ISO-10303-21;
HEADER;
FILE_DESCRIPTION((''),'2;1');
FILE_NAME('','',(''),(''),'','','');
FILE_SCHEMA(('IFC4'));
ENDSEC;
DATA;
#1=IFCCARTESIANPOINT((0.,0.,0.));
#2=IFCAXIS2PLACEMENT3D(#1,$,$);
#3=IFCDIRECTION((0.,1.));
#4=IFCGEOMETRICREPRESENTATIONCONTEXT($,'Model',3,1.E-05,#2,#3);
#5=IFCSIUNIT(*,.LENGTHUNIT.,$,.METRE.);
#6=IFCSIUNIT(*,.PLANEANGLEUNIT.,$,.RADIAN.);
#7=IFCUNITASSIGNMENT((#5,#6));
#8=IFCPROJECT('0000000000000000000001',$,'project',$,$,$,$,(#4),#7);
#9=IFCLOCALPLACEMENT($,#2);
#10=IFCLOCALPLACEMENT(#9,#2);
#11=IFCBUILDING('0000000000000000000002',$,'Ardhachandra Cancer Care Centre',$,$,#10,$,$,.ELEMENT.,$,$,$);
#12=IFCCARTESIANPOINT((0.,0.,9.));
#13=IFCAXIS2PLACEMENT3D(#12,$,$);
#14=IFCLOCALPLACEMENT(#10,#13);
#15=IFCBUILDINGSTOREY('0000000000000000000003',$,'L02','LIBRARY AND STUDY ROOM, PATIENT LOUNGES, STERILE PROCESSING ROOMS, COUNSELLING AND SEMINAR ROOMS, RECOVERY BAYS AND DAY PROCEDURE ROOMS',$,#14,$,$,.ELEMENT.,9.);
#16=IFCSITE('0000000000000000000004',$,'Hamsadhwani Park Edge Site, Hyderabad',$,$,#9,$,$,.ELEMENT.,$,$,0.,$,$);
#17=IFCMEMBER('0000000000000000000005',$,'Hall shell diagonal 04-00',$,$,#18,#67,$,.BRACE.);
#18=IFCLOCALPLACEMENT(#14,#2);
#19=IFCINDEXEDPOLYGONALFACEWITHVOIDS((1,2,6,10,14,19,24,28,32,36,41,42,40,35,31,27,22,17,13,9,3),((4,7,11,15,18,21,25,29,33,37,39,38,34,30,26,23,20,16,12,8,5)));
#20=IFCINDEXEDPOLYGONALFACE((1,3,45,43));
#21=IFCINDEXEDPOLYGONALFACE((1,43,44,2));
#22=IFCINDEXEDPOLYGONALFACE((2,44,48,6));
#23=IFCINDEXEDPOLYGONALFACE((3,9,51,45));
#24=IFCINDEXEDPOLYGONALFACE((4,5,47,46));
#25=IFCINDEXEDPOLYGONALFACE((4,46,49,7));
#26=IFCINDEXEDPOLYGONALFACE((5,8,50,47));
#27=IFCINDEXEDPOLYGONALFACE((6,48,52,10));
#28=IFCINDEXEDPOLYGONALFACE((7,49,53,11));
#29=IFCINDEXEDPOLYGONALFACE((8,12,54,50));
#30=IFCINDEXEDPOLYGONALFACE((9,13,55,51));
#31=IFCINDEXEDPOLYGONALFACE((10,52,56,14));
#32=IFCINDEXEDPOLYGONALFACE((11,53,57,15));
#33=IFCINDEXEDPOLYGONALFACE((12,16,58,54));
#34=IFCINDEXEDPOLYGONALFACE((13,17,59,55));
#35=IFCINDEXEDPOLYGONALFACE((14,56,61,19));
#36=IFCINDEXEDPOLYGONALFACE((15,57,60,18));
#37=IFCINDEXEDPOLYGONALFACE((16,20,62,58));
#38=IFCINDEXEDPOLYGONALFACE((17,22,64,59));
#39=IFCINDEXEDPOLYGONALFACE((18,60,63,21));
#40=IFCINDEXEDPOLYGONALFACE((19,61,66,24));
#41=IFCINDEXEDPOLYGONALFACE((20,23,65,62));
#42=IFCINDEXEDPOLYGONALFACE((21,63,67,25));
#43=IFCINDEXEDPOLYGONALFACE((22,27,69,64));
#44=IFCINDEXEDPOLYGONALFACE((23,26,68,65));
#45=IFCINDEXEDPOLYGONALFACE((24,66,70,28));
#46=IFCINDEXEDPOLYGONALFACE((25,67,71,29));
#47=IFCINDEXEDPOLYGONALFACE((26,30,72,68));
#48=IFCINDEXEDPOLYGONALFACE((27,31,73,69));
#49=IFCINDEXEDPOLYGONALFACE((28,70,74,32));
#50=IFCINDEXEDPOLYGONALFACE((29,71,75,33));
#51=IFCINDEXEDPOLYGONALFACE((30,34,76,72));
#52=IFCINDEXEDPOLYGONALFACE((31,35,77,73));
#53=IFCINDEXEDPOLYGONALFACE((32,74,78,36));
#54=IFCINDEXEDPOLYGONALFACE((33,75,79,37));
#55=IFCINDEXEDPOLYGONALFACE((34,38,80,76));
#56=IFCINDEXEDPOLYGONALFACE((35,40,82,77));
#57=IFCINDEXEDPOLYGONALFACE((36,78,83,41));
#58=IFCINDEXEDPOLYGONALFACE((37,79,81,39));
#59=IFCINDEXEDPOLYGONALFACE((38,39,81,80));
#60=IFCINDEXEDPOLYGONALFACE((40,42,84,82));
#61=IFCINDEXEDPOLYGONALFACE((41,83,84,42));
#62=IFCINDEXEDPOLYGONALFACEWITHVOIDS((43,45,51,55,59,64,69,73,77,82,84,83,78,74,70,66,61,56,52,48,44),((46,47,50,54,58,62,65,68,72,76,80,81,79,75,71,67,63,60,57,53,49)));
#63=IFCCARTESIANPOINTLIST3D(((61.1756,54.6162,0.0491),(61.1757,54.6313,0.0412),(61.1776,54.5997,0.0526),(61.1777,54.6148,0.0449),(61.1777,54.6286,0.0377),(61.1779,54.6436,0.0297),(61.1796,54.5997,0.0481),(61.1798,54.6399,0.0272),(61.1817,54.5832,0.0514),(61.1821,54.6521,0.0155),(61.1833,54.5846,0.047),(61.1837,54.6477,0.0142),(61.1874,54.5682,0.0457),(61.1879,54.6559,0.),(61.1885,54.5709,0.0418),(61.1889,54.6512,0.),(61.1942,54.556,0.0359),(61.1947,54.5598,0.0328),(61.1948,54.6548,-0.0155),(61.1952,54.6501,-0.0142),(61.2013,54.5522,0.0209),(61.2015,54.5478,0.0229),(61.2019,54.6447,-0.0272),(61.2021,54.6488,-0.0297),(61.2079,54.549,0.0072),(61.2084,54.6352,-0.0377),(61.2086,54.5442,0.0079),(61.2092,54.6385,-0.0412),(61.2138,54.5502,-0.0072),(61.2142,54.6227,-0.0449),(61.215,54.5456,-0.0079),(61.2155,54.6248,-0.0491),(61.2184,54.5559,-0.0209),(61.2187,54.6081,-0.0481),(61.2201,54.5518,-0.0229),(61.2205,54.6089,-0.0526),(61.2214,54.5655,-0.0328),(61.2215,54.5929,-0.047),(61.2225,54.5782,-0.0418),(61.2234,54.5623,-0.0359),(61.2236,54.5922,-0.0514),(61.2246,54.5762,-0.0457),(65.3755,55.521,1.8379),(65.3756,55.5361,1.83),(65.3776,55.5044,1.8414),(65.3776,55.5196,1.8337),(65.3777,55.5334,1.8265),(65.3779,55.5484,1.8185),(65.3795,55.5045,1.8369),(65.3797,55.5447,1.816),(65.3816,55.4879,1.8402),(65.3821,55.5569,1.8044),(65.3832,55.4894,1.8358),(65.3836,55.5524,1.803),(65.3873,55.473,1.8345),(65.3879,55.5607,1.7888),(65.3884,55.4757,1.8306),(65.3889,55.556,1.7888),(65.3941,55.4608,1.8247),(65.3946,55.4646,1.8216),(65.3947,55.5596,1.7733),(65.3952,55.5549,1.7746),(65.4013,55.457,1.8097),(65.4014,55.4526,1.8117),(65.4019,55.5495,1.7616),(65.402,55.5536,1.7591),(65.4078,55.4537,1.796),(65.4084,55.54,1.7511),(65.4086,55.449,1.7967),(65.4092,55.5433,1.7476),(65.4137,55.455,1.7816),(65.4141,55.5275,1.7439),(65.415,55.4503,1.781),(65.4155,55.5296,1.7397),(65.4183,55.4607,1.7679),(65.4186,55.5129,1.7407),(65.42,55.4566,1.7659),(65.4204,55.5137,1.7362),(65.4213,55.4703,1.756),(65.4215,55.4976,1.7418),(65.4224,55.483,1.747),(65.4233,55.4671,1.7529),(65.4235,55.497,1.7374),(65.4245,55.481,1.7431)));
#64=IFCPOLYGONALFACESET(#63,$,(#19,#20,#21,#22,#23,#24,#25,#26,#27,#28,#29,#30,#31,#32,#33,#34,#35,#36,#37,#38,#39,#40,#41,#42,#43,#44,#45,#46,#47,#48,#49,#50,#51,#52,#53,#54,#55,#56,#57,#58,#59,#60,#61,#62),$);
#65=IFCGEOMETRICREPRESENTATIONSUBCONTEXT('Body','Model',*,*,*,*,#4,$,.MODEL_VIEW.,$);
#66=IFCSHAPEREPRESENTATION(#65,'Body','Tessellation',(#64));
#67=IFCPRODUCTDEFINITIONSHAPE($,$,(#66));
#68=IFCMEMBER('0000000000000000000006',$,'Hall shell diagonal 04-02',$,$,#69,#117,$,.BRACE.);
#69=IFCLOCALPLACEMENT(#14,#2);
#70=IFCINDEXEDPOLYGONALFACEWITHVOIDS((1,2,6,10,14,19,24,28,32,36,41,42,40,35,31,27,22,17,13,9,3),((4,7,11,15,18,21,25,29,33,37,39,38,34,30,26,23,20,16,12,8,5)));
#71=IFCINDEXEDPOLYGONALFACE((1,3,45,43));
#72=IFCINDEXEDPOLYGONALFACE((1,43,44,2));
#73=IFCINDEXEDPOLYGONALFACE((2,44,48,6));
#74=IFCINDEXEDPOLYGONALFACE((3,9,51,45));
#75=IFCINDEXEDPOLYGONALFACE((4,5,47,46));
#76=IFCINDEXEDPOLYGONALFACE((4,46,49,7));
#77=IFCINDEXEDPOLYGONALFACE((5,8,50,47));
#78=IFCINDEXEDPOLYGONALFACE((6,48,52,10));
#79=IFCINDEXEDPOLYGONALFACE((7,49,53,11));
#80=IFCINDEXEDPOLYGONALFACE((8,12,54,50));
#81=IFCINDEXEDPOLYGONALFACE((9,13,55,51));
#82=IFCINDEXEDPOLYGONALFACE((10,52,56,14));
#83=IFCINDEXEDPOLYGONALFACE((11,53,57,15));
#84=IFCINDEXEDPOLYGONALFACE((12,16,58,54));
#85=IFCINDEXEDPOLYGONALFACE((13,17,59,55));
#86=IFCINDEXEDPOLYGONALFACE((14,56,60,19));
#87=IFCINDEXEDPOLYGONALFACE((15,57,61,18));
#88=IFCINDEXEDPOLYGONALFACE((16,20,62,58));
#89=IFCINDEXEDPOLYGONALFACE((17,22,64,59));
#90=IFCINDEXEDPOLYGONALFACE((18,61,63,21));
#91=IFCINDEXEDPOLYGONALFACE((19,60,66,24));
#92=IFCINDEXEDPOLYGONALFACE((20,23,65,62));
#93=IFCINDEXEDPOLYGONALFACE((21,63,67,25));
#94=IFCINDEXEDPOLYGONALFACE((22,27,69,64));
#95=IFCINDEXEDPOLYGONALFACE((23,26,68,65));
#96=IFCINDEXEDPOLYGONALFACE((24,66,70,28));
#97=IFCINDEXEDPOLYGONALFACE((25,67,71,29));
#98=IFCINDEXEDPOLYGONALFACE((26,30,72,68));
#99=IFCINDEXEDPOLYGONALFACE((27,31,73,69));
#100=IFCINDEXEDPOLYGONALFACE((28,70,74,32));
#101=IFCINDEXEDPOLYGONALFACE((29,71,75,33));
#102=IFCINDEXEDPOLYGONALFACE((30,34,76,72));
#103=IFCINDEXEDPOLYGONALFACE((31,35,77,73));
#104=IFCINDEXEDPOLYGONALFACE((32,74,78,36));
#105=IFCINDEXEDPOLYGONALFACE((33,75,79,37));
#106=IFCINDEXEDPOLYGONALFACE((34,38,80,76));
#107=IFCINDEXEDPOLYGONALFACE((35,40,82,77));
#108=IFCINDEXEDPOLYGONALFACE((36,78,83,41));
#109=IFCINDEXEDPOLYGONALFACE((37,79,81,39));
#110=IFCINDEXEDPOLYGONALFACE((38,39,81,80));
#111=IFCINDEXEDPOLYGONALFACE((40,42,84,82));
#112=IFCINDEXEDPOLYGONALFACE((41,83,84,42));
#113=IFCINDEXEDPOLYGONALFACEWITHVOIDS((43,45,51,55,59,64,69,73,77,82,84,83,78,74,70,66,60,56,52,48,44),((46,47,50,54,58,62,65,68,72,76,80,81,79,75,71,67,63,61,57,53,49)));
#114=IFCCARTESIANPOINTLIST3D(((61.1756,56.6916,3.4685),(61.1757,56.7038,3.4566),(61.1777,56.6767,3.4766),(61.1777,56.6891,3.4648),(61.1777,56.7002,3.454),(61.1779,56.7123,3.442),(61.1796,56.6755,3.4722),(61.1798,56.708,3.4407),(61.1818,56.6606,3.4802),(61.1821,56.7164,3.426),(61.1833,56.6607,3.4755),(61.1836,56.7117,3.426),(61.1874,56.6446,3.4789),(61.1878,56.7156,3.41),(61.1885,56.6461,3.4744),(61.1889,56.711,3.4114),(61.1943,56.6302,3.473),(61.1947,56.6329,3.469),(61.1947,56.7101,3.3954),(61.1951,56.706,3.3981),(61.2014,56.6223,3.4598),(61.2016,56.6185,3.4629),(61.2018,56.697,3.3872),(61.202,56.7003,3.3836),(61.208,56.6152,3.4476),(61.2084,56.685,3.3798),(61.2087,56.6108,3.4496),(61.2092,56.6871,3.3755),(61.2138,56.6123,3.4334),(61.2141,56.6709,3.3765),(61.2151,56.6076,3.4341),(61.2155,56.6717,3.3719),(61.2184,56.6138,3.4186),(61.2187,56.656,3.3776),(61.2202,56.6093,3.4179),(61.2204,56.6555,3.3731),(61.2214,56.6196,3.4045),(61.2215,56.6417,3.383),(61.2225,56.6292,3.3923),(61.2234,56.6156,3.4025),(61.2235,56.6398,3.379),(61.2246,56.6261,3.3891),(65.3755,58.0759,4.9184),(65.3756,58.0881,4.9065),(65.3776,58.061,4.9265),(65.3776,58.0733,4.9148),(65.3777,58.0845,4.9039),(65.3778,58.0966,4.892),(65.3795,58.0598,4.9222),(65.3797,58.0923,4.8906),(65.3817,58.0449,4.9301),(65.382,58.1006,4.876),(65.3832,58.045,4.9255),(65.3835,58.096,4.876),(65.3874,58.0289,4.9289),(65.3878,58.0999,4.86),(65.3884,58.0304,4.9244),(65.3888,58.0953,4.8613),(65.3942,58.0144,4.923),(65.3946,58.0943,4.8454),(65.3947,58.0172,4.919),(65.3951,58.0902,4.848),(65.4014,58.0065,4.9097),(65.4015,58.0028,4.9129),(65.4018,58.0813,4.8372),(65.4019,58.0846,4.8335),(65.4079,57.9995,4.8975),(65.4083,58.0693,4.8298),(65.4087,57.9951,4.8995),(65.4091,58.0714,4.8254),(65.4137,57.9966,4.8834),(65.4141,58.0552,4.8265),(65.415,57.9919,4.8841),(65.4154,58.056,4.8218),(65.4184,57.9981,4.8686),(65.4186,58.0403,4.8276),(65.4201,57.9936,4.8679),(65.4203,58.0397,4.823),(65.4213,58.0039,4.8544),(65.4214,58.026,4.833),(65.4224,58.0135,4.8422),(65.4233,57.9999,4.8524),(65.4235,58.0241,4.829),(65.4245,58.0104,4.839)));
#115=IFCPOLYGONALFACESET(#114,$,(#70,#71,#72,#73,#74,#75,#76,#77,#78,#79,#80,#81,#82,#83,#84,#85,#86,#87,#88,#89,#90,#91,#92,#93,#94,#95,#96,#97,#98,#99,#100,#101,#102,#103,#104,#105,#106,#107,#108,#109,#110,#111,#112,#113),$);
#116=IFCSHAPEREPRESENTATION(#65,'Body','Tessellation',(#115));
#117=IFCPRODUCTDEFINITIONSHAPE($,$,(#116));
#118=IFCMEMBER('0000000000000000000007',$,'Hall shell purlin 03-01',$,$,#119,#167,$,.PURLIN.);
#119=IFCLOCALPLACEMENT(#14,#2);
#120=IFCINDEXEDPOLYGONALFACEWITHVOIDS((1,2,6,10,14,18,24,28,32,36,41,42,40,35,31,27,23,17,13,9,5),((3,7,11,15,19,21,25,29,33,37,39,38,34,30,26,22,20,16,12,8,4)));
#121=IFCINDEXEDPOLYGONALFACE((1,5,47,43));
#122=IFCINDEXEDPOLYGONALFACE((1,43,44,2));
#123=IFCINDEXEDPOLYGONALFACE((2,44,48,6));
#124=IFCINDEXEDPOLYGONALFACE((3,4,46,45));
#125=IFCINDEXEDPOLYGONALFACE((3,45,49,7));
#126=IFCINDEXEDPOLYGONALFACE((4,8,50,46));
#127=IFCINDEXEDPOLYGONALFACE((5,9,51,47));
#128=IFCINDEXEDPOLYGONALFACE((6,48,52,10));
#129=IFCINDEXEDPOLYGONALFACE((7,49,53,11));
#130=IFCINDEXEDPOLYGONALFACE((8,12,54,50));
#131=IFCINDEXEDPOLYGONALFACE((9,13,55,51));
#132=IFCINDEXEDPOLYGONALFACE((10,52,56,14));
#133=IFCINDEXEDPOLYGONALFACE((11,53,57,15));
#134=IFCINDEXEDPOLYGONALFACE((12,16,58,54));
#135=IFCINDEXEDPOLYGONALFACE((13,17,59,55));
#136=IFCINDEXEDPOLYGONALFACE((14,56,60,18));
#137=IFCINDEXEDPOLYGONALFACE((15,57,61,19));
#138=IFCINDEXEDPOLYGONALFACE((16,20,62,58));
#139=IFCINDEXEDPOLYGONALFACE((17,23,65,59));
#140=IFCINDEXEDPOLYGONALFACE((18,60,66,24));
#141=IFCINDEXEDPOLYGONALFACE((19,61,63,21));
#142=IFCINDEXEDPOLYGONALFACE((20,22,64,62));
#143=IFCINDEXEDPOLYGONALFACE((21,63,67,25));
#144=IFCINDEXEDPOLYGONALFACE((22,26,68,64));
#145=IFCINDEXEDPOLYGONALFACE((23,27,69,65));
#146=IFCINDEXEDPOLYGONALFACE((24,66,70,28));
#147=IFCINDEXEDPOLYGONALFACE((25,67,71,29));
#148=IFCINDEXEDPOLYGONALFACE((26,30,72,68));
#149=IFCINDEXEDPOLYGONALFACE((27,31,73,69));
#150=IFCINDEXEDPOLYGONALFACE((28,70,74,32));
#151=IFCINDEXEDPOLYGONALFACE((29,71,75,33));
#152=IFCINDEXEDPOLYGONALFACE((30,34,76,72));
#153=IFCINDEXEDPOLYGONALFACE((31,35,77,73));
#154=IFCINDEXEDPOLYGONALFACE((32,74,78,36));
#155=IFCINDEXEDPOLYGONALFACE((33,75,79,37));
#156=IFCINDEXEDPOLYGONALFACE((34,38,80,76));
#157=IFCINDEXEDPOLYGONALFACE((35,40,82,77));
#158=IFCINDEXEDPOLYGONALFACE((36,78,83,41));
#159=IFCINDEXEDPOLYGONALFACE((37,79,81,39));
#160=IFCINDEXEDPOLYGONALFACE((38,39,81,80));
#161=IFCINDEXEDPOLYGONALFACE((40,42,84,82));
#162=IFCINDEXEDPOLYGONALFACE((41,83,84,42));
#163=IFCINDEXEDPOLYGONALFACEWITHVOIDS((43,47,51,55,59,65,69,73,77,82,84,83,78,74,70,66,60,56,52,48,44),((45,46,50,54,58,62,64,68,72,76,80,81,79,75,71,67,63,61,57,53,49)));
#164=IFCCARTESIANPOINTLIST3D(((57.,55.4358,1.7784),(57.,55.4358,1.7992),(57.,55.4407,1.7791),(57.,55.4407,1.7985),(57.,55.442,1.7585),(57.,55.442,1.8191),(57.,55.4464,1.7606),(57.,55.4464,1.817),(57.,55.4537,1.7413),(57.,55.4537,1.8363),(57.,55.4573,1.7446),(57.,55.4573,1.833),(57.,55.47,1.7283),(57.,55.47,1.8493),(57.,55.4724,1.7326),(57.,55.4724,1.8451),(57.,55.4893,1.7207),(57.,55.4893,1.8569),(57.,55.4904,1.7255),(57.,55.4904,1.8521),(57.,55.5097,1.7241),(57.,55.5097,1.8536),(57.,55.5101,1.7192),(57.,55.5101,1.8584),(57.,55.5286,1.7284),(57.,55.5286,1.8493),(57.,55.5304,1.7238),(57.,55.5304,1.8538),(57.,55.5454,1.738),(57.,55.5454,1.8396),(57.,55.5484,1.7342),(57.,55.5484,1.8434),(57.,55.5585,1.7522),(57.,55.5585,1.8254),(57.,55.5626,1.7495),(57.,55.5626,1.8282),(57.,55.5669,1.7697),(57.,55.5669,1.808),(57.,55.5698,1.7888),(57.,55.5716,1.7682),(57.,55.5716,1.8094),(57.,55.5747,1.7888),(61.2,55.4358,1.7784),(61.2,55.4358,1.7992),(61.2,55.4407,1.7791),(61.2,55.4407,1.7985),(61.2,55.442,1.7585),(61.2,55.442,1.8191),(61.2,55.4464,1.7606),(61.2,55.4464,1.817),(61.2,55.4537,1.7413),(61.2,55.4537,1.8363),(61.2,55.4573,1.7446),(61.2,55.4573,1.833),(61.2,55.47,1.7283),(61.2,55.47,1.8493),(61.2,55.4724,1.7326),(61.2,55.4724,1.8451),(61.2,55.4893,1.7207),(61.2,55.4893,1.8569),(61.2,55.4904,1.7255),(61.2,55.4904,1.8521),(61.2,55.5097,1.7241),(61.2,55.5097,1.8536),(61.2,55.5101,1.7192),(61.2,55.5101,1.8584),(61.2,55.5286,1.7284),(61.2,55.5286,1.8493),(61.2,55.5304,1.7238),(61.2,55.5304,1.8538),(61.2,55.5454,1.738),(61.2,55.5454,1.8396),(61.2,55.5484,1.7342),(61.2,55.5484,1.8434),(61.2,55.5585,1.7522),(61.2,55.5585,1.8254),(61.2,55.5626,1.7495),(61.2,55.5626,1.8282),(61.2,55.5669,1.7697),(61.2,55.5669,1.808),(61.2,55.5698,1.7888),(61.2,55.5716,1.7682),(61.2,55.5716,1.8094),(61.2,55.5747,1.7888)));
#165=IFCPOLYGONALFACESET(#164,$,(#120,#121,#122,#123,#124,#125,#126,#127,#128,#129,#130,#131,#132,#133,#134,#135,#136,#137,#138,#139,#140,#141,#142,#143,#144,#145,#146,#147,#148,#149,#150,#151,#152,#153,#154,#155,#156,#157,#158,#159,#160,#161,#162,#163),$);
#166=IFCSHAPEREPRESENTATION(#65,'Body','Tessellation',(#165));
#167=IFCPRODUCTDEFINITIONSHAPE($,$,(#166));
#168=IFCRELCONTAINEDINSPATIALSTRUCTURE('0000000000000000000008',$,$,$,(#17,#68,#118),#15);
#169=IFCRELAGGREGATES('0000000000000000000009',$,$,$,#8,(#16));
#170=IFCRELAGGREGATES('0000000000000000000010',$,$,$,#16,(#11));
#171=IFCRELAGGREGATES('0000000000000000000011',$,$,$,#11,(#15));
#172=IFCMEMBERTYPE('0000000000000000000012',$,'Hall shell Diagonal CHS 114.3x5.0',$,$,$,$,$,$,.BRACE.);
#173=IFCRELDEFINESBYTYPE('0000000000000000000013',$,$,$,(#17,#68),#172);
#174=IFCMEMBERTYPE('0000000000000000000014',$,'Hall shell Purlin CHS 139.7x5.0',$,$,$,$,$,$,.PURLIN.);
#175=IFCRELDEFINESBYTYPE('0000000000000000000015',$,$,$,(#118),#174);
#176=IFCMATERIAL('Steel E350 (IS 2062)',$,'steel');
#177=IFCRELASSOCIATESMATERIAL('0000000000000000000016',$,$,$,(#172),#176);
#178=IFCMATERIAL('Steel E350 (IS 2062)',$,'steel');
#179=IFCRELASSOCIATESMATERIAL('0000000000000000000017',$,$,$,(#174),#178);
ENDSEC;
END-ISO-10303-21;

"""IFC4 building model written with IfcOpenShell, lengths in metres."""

from ifc_helpers import new_model, si_unit, direction, frame, origin, origin_2d, place, context, subcontext, project, spatial, hollow_circle, extrude, material, material_profile, profile_set, type_object, element, save


model = new_model("IFC4")

# Units and contexts
model_context = context("Model", 3, precision=1e-05, world=origin(), true_north=direction((0.0, 1.0)))
body_context = subcontext(model_context, "Body", "Model", "MODEL_VIEW")
ifc_project = project(units=[si_unit("LENGTHUNIT", "METRE"), si_unit("PLANEANGLEUNIT", "RADIAN")], contexts=[model_context])

# Site, building, storey
site_placement = place(None, origin())
site = spatial("IfcSite", under=ifc_project, at=site_placement, Name="Hamsadhwani Park Edge Site, Hyderabad", CompositionType="ELEMENT", RefElevation=0.0)
building_placement = place(site_placement, origin())
building = spatial("IfcBuilding", under=site, at=building_placement, Name="Ardhachandra Cancer Care Centre", CompositionType="ELEMENT")
storey_placement = place(building_placement, frame((0.0, 0.0, 9.0)))
storey = spatial("IfcBuildingStorey", under=building, at=storey_placement, Name="L02", Description="LIBRARY AND STUDY ROOM, PATIENT LOUNGES, STERILE PROCESSING ROOMS, COUNSELLING AND SEMINAR ROOMS, RECOVERY BAYS AND DAY PROCEDURE ROOMS", CompositionType="ELEMENT", Elevation=9.0)

# Members
ifc_material_1 = material(Name="Steel E350 (IS 2062)", Category="steel")
ifc_material_profile_1 = material_profile(ifc_material_1, hollow_circle(Radius=0.0571, WallThickness=0.0049, at=origin_2d()), Name="CHS 114.3x5.0")
ifc_profile_set_1 = profile_set([ifc_material_profile_1], Name="Steel E350 (IS 2062)")
member_type_1 = type_object("IfcMemberType", Name="Hall shell Diagonal CHS 114.3x5.0", PredefinedType="BRACE", material=ifc_profile_set_1)
for number, where, z_axis, x_axis, name in (
    (1, (61.2, 54.6001, 0.0), (0.902473, 0.194417, 0.384376), (-0.210596, 0.977573, 0.0), "Hall shell diagonal 04-00"),
    (2, (61.2, 56.6621, 3.426), (0.902471, 0.297449, 0.311561), (-0.313029, 0.949743, 0.0), "Hall shell diagonal 04-02"),
):
    element("IfcMember", number, at=place(storey_placement, frame(where, z_axis=z_axis, x_axis=x_axis)), inside=storey, type_object=member_type_1, Name=name, PredefinedType="BRACE", context=body_context, shape_type="SweptSolid", body=[
        extrude(hollow_circle(Radius=0.0571, WallThickness=0.0049, at=origin_2d()), origin(), (0.0, 0.0, 1.0), 4.6538),
    ])
ifc_material_2 = material(Name="Steel E350 (IS 2062)", Category="steel")
ifc_material_profile_2 = material_profile(ifc_material_2, hollow_circle(Radius=0.0698, WallThickness=0.0049, at=origin_2d()), Name="CHS 139.7x5.0")
ifc_profile_set_2 = profile_set([ifc_material_profile_2], Name="Steel E350 (IS 2062)")
member_type_2 = type_object("IfcMemberType", Name="Hall shell Purlin CHS 139.7x5.0", PredefinedType="PURLIN", material=ifc_profile_set_2)
for number, where, z_axis, x_axis, name in (
    (3, (57.0, 55.5049, 1.7888), (1.0, 0.0, 0.0), (0.0, 1.0, 0.0), "Hall shell purlin 03-01"),
):
    element("IfcMember", number, at=place(storey_placement, frame(where, z_axis=z_axis, x_axis=x_axis)), inside=storey, type_object=member_type_2, Name=name, PredefinedType="PURLIN", context=body_context, shape_type="SweptSolid", body=[
        extrude(hollow_circle(Radius=0.0698, WallThickness=0.0049, at=origin_2d()), origin(), (0.0, 0.0, 1.0), 4.2),
    ])

save(model, "model.ifc")
